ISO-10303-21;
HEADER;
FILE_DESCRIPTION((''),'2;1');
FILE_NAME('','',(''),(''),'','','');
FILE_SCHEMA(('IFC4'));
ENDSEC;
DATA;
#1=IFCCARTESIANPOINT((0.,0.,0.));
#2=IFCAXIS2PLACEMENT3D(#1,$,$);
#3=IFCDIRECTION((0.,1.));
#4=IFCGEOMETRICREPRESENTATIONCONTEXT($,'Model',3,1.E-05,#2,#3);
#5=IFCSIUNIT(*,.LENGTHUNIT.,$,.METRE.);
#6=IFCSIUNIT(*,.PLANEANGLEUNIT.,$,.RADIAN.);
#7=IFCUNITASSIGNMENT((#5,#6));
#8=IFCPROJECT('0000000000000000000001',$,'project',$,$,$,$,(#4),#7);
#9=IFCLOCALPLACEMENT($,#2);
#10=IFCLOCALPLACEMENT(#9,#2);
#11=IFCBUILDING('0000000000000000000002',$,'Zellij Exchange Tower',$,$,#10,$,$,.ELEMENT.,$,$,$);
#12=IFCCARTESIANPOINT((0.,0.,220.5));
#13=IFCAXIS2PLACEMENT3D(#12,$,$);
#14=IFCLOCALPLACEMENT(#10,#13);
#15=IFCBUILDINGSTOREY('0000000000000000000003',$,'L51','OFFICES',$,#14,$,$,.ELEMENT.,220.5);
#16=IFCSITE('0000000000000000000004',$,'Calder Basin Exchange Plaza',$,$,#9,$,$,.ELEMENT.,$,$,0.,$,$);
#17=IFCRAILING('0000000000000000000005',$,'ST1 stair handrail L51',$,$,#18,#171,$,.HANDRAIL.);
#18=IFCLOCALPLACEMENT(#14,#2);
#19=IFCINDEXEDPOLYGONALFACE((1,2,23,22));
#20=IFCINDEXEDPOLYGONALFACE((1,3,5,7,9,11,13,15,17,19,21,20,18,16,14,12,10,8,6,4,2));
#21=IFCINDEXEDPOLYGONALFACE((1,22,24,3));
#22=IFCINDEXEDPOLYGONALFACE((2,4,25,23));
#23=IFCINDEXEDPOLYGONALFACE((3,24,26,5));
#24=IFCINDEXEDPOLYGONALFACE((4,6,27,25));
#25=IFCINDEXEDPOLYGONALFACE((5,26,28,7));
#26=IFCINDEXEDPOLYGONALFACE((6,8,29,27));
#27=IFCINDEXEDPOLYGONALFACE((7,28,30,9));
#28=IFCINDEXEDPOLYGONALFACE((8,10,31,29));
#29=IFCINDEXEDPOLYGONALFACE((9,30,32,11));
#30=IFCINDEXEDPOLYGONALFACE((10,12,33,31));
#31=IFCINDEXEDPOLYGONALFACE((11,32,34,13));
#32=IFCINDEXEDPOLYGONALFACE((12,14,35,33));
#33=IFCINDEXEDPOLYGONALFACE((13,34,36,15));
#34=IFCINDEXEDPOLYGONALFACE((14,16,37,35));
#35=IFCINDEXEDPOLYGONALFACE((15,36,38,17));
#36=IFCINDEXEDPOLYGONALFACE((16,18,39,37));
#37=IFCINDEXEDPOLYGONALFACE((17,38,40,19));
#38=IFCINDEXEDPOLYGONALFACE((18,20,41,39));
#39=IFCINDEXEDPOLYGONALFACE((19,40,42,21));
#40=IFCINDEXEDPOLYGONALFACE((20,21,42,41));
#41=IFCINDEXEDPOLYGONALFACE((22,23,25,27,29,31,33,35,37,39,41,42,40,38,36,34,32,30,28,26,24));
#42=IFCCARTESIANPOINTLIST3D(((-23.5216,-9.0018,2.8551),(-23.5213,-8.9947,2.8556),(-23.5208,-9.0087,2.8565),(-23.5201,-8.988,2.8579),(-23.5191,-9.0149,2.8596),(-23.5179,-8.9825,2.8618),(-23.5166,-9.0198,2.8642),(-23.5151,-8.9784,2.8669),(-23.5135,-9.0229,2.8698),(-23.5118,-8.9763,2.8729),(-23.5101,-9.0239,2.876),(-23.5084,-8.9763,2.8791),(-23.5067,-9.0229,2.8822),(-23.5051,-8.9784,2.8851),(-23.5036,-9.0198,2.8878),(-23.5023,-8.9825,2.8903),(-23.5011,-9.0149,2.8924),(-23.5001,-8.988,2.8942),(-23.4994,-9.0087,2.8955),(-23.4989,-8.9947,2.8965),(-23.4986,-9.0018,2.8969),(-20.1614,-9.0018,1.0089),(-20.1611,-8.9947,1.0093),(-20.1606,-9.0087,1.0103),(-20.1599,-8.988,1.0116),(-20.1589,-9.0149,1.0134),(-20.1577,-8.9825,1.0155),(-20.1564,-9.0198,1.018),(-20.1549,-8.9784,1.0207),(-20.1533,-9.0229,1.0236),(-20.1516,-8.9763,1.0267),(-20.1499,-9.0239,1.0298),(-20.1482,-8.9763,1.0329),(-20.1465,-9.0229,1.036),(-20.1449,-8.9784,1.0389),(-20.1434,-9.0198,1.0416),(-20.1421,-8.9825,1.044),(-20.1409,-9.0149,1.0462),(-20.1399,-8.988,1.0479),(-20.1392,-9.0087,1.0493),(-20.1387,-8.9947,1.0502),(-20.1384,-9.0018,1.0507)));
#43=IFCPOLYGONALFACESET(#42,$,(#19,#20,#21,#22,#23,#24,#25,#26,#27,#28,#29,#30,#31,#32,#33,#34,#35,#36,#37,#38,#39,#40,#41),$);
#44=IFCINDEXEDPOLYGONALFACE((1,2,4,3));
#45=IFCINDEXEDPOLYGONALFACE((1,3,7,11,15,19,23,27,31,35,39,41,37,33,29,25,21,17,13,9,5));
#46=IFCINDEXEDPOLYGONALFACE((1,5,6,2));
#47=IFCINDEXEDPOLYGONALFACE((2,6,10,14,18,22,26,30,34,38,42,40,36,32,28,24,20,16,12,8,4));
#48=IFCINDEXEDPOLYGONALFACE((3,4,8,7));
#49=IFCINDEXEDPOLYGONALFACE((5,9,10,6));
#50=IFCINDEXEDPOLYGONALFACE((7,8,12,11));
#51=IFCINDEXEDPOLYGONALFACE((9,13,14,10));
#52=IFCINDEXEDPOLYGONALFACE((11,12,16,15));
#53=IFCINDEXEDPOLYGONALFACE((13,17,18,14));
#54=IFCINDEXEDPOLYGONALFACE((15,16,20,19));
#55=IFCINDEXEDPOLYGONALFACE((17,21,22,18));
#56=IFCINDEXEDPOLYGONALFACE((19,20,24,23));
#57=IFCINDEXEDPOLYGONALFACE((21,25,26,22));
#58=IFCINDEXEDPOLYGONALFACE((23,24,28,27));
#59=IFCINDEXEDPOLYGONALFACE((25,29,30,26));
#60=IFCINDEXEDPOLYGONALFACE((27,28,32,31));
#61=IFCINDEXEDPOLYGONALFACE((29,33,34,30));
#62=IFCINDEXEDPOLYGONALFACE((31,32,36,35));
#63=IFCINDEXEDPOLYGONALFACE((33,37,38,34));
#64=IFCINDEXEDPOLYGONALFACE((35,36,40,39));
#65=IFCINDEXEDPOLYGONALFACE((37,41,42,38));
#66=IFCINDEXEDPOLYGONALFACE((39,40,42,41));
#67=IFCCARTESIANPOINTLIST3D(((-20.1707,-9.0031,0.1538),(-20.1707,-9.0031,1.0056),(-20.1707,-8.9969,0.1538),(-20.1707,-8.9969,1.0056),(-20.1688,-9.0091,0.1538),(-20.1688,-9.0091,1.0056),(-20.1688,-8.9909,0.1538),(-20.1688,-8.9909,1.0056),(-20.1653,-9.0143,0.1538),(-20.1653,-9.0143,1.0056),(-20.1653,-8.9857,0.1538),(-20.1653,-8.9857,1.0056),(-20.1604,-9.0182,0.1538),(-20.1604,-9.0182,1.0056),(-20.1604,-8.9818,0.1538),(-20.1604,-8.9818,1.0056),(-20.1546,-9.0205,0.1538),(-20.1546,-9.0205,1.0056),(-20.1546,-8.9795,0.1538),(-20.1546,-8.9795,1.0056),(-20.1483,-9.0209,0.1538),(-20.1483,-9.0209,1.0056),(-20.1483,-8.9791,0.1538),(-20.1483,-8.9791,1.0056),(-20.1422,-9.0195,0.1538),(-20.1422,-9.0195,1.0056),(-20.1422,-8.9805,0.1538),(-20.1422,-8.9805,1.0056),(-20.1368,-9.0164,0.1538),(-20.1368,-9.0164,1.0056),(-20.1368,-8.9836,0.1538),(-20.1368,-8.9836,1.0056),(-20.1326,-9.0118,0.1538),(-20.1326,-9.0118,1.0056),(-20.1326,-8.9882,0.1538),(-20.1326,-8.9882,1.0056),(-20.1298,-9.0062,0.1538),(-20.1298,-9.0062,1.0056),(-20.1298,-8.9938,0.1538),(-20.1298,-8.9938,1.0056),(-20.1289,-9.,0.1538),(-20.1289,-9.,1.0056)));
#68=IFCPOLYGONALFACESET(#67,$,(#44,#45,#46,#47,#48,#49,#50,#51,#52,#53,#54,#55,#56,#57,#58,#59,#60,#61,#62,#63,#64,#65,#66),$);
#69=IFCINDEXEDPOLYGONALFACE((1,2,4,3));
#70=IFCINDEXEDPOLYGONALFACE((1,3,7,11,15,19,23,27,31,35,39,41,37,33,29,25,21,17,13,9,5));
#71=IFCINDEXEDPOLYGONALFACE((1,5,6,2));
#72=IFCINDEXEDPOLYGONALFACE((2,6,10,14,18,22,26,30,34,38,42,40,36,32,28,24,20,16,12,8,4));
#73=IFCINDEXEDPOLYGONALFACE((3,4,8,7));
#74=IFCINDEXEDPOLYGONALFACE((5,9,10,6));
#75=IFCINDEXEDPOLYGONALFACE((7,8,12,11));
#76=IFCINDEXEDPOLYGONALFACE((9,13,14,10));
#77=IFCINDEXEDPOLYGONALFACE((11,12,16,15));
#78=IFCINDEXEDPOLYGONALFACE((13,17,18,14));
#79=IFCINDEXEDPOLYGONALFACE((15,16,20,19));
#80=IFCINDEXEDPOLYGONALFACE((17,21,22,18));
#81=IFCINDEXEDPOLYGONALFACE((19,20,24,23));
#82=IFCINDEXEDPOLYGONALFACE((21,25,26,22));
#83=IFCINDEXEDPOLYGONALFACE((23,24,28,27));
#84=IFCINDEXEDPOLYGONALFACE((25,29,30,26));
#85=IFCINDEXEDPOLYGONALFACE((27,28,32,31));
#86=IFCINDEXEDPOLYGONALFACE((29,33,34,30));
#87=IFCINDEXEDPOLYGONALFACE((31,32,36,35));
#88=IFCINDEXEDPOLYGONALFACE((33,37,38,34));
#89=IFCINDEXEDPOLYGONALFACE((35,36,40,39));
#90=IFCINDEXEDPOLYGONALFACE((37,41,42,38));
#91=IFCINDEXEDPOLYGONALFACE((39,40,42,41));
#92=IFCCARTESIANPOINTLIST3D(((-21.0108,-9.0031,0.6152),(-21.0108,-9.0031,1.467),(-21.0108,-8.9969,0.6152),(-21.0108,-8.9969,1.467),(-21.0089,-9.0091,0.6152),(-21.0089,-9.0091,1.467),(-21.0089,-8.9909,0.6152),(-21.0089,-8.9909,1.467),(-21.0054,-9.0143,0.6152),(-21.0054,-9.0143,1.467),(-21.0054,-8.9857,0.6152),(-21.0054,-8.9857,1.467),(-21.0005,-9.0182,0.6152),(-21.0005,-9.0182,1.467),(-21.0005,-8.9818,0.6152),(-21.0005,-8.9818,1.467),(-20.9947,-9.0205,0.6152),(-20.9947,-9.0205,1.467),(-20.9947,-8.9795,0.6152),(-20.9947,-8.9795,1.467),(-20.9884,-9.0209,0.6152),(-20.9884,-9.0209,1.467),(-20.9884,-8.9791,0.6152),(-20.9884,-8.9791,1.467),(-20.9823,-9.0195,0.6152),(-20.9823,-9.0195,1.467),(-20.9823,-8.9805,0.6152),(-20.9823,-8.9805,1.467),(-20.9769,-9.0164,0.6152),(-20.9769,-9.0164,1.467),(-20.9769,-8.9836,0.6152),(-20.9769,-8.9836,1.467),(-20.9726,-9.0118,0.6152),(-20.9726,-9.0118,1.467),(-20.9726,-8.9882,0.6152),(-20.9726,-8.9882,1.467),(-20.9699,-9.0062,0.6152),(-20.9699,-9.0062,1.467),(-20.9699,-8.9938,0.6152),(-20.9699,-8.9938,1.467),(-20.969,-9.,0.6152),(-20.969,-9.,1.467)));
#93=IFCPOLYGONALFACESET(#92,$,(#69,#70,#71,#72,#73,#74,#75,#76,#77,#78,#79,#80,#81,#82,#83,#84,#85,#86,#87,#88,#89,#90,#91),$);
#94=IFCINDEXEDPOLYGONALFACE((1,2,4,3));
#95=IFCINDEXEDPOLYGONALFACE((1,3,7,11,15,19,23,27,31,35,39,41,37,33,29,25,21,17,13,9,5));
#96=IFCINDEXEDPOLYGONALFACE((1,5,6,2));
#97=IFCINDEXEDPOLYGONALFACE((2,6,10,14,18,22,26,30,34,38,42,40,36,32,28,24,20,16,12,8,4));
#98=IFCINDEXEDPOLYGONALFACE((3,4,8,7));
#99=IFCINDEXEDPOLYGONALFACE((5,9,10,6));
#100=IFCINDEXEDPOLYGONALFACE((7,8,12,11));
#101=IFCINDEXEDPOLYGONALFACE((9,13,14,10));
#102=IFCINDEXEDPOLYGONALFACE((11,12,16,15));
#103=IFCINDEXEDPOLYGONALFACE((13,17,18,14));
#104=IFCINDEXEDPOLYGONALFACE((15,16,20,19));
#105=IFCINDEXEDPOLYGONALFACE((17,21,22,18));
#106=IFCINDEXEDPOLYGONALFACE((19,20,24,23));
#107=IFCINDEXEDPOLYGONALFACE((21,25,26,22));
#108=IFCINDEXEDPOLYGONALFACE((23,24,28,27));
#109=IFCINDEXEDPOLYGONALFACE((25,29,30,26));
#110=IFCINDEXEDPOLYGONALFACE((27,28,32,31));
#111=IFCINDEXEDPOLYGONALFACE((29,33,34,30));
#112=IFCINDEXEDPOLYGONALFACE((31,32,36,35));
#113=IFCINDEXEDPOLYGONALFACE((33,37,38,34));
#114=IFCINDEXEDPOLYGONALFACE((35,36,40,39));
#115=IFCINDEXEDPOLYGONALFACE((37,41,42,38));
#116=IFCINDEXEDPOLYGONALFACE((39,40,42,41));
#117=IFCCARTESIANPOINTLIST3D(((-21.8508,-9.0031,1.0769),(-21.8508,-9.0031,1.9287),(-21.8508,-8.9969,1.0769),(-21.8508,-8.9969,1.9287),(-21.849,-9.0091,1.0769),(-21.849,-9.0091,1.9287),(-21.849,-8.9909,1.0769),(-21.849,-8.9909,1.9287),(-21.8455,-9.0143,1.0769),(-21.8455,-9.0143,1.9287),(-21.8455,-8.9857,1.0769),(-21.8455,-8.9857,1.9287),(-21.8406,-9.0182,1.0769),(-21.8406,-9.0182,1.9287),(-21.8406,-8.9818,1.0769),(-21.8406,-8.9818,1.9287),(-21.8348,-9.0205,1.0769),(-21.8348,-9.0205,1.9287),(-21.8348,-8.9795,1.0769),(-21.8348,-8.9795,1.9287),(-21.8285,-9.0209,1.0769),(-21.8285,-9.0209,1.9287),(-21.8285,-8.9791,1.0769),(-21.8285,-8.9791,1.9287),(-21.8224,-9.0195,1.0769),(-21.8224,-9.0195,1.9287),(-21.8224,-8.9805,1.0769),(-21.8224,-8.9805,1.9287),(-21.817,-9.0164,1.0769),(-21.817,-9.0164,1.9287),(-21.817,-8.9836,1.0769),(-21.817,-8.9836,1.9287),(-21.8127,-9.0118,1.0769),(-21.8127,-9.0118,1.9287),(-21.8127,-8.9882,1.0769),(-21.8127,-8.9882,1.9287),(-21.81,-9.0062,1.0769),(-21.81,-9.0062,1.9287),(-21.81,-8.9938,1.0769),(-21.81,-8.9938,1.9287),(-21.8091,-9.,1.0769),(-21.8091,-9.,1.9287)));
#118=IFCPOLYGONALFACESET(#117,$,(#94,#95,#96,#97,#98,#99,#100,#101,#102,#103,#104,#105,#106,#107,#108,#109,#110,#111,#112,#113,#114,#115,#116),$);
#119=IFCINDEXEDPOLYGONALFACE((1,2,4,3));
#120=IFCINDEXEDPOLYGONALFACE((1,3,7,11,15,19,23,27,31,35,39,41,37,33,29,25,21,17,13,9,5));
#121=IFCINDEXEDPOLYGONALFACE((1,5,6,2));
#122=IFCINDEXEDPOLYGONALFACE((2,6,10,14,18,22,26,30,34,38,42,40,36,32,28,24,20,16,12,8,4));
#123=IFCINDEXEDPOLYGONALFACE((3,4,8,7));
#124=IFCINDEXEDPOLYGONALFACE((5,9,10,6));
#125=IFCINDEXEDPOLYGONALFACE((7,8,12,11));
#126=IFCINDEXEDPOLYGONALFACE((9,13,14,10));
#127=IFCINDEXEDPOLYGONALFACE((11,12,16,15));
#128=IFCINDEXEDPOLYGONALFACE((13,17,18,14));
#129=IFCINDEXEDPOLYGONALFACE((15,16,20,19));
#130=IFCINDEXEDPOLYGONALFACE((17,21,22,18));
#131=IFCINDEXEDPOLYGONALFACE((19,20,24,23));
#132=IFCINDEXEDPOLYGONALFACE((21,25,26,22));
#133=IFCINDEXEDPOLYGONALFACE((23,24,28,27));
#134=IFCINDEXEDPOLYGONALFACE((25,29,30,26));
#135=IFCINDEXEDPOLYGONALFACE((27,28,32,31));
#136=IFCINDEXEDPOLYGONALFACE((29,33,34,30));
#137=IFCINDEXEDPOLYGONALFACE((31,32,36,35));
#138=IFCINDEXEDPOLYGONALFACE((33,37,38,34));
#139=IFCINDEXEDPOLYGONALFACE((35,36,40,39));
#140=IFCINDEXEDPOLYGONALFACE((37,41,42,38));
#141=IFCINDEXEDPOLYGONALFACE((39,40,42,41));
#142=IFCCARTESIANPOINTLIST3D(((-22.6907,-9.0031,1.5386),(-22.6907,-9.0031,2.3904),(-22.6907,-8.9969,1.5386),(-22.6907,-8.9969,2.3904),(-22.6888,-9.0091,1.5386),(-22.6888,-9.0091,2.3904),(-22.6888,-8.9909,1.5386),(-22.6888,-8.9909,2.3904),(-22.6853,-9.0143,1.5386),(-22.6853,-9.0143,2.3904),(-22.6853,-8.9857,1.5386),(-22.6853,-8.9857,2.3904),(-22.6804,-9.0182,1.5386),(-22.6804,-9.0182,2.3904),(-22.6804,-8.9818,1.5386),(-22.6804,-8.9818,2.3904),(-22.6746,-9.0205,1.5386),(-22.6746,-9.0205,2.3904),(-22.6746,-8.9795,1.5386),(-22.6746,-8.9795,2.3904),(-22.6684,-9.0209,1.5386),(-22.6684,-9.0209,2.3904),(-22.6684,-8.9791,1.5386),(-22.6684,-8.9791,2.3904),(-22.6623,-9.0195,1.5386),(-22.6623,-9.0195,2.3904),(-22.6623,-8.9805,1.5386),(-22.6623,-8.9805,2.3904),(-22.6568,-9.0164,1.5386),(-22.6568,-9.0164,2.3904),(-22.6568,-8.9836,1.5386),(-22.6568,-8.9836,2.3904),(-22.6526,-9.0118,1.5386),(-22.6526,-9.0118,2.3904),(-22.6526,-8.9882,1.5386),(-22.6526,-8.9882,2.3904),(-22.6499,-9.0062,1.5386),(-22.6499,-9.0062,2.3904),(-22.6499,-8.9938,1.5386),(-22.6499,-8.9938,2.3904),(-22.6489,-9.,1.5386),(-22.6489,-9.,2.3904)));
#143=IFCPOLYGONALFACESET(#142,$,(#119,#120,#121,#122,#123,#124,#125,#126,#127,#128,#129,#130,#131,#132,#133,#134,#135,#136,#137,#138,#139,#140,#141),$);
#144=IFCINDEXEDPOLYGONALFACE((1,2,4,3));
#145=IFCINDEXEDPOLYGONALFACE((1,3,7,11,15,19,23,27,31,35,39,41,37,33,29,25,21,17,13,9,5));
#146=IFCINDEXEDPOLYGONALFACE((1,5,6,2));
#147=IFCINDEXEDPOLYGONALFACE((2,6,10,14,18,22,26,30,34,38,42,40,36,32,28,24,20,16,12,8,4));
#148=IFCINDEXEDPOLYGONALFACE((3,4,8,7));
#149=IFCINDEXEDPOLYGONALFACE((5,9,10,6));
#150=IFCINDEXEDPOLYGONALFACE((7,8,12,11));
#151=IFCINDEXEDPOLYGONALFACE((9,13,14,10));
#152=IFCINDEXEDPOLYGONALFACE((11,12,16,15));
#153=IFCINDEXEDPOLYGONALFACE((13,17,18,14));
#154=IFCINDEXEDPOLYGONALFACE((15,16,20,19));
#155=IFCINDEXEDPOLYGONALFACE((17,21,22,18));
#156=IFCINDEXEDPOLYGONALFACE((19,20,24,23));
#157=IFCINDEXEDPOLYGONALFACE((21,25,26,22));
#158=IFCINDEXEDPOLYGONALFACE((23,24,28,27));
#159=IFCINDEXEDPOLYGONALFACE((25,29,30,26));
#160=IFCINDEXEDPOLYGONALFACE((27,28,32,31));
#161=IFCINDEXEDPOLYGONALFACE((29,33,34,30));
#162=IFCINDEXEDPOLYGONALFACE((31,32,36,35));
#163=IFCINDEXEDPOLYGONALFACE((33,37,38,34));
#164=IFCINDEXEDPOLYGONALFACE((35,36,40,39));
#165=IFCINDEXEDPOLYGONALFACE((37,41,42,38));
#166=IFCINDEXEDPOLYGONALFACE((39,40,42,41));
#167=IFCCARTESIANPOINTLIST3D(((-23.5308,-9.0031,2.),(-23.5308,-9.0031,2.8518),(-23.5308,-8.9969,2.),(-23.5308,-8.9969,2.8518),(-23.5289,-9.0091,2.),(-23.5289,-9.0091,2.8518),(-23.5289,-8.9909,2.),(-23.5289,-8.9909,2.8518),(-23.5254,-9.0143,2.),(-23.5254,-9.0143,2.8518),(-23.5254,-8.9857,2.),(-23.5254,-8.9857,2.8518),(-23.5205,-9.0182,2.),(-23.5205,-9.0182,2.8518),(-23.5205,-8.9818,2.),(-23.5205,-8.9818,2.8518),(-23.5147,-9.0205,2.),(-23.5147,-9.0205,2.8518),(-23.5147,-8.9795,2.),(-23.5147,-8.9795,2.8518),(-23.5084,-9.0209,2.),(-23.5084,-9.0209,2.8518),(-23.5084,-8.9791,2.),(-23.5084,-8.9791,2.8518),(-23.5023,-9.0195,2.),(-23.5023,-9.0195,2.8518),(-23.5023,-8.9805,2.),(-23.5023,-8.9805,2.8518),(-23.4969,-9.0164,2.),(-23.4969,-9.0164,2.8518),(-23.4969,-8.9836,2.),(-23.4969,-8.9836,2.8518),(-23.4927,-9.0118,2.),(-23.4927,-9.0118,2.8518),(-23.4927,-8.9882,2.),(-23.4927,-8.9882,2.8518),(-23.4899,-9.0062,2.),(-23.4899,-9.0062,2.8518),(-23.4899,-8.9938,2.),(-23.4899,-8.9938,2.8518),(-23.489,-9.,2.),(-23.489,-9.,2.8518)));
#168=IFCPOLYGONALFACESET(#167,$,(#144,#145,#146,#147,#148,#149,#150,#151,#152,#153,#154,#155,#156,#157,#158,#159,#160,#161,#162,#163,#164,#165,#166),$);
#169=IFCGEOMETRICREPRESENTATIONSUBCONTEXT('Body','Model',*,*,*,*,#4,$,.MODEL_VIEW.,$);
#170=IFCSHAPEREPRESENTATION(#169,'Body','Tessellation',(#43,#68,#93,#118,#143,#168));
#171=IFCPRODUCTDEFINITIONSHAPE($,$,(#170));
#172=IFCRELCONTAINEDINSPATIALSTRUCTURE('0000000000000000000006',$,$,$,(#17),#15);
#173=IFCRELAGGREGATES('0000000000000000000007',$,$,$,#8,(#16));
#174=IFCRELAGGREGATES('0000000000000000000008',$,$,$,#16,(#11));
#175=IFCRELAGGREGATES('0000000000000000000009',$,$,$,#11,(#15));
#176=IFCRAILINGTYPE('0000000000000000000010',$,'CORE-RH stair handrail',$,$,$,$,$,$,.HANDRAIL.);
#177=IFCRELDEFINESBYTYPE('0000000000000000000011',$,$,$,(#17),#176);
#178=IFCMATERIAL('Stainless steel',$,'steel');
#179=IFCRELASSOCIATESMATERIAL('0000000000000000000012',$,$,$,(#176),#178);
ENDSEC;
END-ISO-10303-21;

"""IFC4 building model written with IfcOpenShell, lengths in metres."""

from ifc_helpers import new_model, si_unit, direction, frame, origin, origin_2d, place, context, subcontext, project, spatial, circle, extrude, material, type_object, element, save


model = new_model("IFC4")

# Units and contexts
model_context = context("Model", 3, precision=1e-05, world=origin(), true_north=direction((0.0, 1.0)))
body_context = subcontext(model_context, "Body", "Model", "MODEL_VIEW")
ifc_project = project(units=[si_unit("LENGTHUNIT", "METRE"), si_unit("PLANEANGLEUNIT", "RADIAN")], contexts=[model_context])

# Site, building, storey
site_placement = place(None, origin())
site = spatial("IfcSite", under=ifc_project, at=site_placement, Name="Calder Basin Exchange Plaza", CompositionType="ELEMENT", RefElevation=0.0)
building_placement = place(site_placement, origin())
building = spatial("IfcBuilding", under=site, at=building_placement, Name="Zellij Exchange Tower", CompositionType="ELEMENT")
storey_placement = place(building_placement, frame((0.0, 0.0, 220.5)))
storey = spatial("IfcBuildingStorey", under=building, at=storey_placement, Name="L51", Description="OFFICES", CompositionType="ELEMENT", Elevation=220.5)

# Railing
ifc_material_1 = material(Name="Stainless steel", Category="steel")
railing_type_1 = type_object("IfcRailingType", Name="CORE-RH stair handrail", PredefinedType="HANDRAIL", material=ifc_material_1)
railing_1_placement = place(storey_placement, frame((-20.1499, -9.0, 0.1538)))
element("IfcRailing", 1, at=railing_1_placement, inside=storey, type_object=railing_type_1, Name="ST1 stair handrail L51", PredefinedType="HANDRAIL", context=body_context, shape_type="SweptSolid", body=[
    extrude(circle(Radius=0.0239, at=origin_2d()), frame((0.0, 0.0, 0.876), z_axis=(-0.876422, 0.0, 0.481545), x_axis=(0.0, -1.0, 0.0)), (0.0, 0.0, 1.0), 3.834),
    extrude(circle(Radius=0.021, at=origin_2d()), origin(), (0.0, 0.0, 1.0), 0.8518),
    extrude(circle(Radius=0.021, at=origin_2d()), frame((-0.8401, 0.0, 0.4614)), (0.0, 0.0, 1.0), 0.8518),
    extrude(circle(Radius=0.021, at=origin_2d()), frame((-1.6802, 0.0, 0.9231)), (0.0, 0.0, 1.0), 0.8518),
    extrude(circle(Radius=0.021, at=origin_2d()), frame((-2.52, 0.0, 1.3848)), (0.0, 0.0, 1.0), 0.8518),
    extrude(circle(Radius=0.021, at=origin_2d()), frame((-3.3601, 0.0, 1.8462)), (0.0, 0.0, 1.0), 0.8518),
])

save(model, "model.ifc")
